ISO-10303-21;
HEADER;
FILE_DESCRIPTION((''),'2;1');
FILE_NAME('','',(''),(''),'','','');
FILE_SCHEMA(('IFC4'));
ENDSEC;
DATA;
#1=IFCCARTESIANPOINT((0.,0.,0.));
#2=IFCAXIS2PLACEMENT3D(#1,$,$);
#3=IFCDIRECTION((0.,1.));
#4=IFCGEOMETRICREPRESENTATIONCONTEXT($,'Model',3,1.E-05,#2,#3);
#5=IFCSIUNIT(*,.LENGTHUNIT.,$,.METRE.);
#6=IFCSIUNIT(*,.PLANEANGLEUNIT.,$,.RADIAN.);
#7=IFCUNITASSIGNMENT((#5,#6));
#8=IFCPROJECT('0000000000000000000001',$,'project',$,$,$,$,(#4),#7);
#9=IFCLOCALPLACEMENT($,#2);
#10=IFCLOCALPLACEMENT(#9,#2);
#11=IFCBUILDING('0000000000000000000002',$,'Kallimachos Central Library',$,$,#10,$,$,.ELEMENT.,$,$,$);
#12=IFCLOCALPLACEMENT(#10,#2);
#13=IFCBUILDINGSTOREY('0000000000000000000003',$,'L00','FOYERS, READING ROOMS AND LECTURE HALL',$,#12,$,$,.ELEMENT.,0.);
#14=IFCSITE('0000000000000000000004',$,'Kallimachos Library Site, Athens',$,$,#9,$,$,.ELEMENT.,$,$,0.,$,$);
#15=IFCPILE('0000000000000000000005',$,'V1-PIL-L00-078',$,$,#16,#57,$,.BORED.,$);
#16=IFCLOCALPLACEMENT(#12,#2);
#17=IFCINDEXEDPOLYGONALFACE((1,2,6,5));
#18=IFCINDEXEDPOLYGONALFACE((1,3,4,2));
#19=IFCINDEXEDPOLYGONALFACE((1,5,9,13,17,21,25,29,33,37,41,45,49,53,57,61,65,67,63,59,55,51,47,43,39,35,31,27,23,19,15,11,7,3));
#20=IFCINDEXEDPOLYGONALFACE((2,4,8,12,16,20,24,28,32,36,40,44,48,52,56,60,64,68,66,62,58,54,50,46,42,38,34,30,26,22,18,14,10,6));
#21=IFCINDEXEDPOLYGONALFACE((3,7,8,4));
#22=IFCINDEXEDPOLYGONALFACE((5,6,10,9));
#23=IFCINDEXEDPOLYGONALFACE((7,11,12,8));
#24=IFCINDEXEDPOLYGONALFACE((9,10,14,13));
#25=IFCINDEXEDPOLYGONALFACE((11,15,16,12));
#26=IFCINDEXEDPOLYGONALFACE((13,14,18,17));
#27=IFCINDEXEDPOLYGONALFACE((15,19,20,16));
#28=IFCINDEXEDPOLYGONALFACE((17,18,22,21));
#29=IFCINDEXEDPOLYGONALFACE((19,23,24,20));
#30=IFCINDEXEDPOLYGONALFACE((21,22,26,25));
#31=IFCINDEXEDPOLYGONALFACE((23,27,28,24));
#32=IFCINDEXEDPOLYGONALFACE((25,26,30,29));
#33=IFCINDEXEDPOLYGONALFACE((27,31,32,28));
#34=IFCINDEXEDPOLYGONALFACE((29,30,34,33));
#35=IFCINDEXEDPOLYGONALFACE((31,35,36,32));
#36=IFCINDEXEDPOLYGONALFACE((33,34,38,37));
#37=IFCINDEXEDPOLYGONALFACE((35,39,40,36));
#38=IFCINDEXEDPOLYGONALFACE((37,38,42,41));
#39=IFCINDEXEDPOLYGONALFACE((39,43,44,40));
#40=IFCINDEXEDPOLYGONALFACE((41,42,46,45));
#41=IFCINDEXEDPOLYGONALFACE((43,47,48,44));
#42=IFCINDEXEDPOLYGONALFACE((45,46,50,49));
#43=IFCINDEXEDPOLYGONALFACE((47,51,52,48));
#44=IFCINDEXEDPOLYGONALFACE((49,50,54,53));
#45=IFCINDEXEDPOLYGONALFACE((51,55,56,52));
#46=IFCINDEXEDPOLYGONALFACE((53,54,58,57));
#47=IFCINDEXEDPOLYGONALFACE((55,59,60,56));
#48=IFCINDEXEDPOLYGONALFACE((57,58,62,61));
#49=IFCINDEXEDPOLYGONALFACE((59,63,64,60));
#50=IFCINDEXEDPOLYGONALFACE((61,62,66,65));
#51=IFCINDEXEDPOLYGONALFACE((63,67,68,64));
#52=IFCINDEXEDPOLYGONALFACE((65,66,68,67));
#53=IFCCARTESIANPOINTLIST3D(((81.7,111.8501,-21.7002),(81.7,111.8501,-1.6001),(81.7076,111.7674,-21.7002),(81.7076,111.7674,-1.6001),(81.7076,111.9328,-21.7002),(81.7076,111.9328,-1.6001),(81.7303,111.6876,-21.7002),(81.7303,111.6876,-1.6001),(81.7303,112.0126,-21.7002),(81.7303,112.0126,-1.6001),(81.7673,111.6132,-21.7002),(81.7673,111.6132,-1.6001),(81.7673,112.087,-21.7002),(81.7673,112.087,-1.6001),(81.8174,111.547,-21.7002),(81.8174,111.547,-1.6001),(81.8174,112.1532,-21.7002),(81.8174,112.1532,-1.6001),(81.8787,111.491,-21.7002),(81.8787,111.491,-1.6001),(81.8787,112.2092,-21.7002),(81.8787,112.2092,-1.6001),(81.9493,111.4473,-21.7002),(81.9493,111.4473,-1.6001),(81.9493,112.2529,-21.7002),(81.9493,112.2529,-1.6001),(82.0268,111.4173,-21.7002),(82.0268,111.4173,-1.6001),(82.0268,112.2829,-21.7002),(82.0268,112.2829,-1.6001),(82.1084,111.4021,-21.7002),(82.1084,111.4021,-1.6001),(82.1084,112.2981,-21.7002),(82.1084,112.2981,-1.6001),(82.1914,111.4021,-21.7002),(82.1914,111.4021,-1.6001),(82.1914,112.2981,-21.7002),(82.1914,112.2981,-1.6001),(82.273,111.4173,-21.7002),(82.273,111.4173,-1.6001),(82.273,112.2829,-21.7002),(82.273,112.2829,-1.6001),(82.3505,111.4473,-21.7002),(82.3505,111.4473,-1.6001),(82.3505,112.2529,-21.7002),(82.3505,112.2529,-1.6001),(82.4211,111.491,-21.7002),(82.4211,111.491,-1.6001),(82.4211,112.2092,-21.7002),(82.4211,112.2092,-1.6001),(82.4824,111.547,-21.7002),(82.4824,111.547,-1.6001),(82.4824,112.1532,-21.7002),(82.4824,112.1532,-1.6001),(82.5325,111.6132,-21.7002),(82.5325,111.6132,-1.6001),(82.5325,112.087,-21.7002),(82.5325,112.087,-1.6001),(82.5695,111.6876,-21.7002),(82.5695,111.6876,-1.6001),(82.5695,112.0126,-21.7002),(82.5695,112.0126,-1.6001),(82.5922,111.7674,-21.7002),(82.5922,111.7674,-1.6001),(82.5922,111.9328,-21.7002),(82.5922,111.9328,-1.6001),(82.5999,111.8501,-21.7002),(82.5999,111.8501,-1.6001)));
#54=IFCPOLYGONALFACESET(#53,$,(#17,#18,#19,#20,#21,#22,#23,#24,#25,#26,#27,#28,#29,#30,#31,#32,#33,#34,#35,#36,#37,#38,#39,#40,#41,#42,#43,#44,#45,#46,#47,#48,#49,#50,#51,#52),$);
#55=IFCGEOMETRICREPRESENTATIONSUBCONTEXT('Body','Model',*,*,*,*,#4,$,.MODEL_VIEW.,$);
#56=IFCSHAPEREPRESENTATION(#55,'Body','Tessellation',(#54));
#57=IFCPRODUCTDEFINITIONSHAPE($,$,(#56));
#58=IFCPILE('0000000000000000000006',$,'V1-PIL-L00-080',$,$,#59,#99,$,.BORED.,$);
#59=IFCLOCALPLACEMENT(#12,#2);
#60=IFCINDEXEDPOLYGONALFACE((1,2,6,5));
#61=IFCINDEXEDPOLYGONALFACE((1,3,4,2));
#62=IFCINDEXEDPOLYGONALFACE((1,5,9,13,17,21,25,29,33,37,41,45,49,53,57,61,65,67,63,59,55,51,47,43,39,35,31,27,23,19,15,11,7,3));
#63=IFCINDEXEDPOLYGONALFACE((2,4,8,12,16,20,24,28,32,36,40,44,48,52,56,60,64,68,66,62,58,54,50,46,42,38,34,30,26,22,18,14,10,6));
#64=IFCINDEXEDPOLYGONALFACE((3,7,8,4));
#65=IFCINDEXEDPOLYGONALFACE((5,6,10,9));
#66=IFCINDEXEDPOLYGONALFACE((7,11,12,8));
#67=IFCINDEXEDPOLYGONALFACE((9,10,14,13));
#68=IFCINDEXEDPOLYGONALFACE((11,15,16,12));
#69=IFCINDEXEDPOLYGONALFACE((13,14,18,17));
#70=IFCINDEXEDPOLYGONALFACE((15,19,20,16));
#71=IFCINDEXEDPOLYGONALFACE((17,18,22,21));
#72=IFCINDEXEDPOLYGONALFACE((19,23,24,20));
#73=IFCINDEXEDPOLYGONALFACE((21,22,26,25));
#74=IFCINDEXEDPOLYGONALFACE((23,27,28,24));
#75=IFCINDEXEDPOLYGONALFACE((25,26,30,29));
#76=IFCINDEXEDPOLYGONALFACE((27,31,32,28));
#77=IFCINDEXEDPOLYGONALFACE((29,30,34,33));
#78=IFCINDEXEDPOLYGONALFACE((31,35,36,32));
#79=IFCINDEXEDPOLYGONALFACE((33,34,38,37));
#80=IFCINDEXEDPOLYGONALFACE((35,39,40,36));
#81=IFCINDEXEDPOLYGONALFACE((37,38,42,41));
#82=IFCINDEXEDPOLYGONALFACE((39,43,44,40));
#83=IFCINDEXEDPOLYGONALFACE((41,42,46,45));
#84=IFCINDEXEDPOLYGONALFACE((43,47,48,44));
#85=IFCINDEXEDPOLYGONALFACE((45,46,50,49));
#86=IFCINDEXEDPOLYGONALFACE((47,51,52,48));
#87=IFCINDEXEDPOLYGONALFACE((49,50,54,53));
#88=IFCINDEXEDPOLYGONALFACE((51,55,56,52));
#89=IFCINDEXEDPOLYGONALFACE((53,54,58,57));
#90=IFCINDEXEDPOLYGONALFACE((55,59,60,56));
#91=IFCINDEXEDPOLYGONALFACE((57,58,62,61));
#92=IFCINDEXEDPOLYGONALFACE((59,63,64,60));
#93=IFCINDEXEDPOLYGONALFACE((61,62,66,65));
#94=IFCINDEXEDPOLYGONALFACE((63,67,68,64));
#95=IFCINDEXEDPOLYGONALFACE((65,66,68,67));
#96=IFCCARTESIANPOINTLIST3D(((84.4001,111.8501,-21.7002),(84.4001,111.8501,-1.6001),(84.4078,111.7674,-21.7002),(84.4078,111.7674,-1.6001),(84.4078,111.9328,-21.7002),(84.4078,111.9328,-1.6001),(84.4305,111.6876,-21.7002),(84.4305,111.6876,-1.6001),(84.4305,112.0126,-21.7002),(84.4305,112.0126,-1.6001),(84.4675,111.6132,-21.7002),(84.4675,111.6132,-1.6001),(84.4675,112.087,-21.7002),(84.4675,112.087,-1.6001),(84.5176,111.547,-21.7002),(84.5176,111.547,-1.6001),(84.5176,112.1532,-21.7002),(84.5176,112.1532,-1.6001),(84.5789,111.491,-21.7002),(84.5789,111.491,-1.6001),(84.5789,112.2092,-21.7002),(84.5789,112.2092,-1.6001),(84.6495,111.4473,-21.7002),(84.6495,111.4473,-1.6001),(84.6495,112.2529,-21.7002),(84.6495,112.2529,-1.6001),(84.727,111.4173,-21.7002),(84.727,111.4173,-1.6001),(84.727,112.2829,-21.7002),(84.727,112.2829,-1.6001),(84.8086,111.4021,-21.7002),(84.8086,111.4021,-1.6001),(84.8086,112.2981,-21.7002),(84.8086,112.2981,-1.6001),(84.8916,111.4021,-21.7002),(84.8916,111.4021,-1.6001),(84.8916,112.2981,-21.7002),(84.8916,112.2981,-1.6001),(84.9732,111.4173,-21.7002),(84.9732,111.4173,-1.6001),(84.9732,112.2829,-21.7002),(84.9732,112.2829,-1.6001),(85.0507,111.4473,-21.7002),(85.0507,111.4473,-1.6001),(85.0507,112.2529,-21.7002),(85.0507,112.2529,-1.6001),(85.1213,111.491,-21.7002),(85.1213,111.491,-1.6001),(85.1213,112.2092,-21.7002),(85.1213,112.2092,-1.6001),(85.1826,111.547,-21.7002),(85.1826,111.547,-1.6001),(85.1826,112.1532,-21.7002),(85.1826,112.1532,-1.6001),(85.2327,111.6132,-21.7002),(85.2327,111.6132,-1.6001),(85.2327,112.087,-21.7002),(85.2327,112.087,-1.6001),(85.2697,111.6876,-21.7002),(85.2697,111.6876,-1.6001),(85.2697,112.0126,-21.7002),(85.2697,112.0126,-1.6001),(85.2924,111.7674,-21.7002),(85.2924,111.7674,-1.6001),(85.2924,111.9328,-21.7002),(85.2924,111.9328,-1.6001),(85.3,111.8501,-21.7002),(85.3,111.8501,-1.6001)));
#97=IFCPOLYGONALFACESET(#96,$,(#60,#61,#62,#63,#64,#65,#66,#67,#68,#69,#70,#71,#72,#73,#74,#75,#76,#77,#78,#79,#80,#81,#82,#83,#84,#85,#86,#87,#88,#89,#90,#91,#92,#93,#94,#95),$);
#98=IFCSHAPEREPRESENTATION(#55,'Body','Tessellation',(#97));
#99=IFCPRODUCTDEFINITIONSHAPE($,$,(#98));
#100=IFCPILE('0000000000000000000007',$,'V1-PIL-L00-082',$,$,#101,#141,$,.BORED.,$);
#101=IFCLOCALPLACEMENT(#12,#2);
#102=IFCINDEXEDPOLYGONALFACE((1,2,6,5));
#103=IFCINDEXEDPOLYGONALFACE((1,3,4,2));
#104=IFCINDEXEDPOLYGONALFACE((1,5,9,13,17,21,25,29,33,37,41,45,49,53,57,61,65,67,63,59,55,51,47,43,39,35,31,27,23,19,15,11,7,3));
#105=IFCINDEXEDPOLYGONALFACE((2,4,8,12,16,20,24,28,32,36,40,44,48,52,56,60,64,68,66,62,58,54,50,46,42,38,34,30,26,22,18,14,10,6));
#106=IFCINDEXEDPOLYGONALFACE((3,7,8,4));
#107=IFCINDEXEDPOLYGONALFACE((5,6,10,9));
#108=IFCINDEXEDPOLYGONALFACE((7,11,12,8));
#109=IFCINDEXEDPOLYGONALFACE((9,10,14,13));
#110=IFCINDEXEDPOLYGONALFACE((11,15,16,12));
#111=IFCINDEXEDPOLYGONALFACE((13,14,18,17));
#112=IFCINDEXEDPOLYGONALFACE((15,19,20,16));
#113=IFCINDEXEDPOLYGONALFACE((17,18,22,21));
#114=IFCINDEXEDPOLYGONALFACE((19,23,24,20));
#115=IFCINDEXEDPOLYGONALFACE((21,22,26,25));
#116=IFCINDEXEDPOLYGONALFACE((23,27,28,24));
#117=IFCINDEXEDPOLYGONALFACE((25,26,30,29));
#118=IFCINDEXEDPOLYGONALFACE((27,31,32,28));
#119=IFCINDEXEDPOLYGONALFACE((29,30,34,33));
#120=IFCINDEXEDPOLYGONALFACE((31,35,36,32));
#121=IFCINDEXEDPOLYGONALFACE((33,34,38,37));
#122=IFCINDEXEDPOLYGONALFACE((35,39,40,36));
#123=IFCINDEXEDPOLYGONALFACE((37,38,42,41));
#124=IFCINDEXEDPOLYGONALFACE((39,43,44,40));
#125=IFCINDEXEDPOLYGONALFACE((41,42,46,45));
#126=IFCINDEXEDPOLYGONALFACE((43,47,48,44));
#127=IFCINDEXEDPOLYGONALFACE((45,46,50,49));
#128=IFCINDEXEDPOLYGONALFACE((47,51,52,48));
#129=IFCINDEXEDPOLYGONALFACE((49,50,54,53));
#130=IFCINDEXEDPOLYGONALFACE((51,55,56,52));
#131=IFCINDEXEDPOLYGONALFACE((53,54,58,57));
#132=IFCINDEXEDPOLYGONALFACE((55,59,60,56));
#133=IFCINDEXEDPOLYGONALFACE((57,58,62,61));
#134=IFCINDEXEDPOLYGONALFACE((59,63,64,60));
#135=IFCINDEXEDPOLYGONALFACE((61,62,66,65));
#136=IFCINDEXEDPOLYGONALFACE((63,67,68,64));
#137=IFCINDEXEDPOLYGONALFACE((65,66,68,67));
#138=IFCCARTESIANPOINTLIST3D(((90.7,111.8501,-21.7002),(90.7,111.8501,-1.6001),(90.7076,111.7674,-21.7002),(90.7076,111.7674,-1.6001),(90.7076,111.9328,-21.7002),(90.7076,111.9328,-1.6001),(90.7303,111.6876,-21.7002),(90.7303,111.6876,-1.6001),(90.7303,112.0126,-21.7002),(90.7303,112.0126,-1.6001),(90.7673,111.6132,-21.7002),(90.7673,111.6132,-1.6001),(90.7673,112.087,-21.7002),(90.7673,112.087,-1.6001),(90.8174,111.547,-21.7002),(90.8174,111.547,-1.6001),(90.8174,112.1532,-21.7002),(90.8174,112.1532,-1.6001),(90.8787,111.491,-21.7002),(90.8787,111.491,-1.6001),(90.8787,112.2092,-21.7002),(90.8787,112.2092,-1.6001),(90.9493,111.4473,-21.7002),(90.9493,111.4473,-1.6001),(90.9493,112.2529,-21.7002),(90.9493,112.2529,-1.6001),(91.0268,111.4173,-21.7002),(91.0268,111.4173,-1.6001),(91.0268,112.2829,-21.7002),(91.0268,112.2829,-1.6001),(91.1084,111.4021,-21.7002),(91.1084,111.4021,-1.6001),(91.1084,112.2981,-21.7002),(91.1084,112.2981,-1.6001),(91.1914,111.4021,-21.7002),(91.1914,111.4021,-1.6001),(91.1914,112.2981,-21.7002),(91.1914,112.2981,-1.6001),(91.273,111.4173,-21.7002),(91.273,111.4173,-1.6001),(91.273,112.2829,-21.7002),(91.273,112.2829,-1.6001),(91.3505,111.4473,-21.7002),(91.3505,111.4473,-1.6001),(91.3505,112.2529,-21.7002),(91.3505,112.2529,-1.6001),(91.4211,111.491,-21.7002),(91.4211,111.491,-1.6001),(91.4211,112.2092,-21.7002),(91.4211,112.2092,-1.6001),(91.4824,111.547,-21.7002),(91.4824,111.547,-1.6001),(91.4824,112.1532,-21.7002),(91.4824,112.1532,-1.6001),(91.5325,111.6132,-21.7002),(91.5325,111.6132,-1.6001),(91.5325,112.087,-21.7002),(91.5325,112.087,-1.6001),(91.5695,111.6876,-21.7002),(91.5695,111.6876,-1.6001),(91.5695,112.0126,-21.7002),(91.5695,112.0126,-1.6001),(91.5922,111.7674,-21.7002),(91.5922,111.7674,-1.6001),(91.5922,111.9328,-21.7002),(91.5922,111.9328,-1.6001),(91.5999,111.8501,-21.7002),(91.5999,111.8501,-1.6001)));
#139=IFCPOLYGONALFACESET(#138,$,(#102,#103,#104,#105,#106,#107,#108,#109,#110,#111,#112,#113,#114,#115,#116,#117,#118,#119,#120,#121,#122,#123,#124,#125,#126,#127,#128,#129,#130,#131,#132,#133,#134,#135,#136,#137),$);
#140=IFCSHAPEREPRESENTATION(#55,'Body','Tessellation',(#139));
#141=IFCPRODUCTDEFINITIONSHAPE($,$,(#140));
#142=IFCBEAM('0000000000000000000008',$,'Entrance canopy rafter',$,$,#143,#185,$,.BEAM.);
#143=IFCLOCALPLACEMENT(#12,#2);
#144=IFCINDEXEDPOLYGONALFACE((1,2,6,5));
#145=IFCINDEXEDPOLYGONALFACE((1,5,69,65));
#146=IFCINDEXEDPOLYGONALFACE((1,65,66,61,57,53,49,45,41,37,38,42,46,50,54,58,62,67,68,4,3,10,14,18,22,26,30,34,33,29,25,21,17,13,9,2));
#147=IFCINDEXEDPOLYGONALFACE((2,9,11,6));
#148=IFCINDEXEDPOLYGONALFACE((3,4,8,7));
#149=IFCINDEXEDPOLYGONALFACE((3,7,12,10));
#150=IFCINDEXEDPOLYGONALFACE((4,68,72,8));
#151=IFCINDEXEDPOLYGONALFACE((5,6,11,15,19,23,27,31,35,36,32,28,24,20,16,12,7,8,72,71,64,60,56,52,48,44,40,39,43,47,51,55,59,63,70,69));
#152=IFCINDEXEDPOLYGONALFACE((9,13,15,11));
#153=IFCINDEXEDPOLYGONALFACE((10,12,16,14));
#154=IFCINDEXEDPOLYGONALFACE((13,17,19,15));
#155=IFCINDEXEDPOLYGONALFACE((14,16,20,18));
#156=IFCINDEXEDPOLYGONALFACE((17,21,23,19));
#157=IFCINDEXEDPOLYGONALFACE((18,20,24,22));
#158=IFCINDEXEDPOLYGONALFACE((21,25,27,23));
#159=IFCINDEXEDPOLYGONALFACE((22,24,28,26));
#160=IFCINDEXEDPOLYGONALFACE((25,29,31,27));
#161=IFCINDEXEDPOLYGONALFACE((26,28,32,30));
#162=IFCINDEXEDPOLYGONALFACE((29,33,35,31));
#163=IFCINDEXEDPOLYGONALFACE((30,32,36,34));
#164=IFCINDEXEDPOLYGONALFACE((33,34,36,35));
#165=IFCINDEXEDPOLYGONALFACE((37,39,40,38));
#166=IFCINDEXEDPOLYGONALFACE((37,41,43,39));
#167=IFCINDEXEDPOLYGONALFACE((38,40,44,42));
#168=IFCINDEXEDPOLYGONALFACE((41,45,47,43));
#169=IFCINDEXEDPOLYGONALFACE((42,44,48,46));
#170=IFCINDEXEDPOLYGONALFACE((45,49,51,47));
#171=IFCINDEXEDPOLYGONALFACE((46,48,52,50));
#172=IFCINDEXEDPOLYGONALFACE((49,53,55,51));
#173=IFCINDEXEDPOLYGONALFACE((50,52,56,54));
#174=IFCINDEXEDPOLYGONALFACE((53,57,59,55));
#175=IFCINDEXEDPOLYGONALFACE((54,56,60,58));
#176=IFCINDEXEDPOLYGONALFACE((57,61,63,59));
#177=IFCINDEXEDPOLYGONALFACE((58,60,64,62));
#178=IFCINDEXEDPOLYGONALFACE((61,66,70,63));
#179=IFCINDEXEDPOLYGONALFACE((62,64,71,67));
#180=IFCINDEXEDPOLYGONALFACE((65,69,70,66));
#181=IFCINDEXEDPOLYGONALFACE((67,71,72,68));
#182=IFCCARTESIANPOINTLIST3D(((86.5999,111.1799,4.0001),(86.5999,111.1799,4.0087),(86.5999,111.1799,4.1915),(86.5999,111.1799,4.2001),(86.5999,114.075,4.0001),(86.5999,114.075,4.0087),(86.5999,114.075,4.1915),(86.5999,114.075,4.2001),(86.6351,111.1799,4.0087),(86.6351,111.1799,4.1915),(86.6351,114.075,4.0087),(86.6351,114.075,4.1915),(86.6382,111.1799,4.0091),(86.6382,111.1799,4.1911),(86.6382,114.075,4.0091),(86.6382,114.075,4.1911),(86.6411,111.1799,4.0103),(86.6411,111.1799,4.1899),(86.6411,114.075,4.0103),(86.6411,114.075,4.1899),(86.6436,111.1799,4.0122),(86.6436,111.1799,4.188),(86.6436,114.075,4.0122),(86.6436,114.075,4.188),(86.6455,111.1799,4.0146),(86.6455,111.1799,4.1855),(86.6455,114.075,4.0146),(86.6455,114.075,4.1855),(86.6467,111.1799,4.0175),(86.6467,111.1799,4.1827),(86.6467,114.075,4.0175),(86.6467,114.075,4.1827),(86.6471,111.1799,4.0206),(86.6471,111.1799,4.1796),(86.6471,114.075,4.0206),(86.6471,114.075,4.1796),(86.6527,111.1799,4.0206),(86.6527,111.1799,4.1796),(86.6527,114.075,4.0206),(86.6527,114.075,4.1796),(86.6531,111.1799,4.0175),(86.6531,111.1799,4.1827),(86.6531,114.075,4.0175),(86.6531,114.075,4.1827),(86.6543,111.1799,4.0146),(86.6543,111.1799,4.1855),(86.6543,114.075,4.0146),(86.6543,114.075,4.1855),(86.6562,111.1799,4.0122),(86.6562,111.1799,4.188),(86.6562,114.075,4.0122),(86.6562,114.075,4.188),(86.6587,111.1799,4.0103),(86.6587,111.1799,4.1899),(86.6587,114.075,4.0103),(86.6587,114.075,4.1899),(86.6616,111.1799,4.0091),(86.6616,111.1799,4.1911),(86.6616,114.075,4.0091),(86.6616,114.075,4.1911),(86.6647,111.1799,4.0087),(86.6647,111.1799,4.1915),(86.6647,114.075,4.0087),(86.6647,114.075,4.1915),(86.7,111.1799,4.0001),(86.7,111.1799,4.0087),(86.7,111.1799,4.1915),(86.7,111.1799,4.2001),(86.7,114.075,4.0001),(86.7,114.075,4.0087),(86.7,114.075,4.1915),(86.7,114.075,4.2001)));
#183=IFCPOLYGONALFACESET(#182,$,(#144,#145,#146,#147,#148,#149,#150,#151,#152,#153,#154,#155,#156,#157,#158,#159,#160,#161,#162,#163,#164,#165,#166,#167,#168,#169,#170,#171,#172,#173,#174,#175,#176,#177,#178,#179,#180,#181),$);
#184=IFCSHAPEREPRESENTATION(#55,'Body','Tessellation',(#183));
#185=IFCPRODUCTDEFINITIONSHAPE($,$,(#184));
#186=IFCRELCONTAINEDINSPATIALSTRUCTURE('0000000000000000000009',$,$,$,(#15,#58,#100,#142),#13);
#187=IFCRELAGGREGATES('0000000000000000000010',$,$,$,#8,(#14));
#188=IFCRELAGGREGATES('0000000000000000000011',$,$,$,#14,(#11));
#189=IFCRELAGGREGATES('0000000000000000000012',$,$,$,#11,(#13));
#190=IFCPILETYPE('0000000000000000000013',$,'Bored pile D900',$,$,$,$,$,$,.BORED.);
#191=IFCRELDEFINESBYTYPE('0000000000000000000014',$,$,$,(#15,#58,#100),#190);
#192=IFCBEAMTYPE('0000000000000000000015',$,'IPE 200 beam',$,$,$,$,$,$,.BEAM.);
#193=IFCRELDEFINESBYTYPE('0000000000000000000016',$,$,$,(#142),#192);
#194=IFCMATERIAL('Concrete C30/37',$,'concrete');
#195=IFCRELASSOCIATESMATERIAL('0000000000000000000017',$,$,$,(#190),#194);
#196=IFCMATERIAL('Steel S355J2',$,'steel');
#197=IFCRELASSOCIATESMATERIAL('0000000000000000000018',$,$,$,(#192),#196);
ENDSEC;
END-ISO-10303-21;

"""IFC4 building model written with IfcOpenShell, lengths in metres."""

from ifc_helpers import new_model, si_unit, direction, frame, origin, origin_2d, place, context, subcontext, project, spatial, circle, i_section, extrude, material, material_profile, profile_set, type_object, element, save


model = new_model("IFC4")

# Units and contexts
model_context = context("Model", 3, precision=1e-05, world=origin(), true_north=direction((0.0, 1.0)))
body_context = subcontext(model_context, "Body", "Model", "MODEL_VIEW")
ifc_project = project(units=[si_unit("LENGTHUNIT", "METRE"), si_unit("PLANEANGLEUNIT", "RADIAN")], contexts=[model_context])

# Site, building, storey
site_placement = place(None, origin())
site = spatial("IfcSite", under=ifc_project, at=site_placement, Name="Kallimachos Library Site, Athens", CompositionType="ELEMENT", RefElevation=0.0)
building_placement = place(site_placement, origin())
building = spatial("IfcBuilding", under=site, at=building_placement, Name="Kallimachos Central Library", CompositionType="ELEMENT")
storey_placement = place(building_placement, origin())
storey = spatial("IfcBuildingStorey", under=building, at=storey_placement, Name="L00", Description="FOYERS, READING ROOMS AND LECTURE HALL", CompositionType="ELEMENT", Elevation=0.0)

# Piles
ifc_material_1 = material(Name="Concrete C30/37", Category="concrete")
pile_type = type_object("IfcPileType", Name="Bored pile D900", PredefinedType="BORED", material=ifc_material_1)
for number, where, z_axis, x_axis, name in (
    (1, (82.1499, 111.8501, -1.6001), (0.0, 0.0, -1.0), (1.0, 0.0, 0.0), "V1-PIL-L00-078"),
    (2, (84.8501, 111.8501, -1.6001), (0.0, 0.0, -1.0), (1.0, 0.0, 0.0), "V1-PIL-L00-080"),
    (3, (91.1499, 111.8501, -1.6001), (0.0, 0.0, -1.0), (1.0, 0.0, 0.0), "V1-PIL-L00-082"),
):
    element("IfcPile", number, at=place(storey_placement, frame(where, z_axis=z_axis, x_axis=x_axis)), inside=storey, type_object=pile_type, Name=name, PredefinedType="BORED", context=body_context, shape_type="SweptSolid", body=[
        extrude(circle(Radius=0.45, at=origin_2d()), origin(), (0.0, 0.0, 1.0), 20.1001),
    ])

# Beam
ifc_material_2 = material(Name="Steel S355J2", Category="steel")
ifc_material_profile_1 = material_profile(ifc_material_2, i_section(OverallWidth=0.1001, OverallDepth=0.2, WebThickness=0.0056, FlangeThickness=0.0085, FilletRadius=0.012, at=origin_2d()), Name="IPE 200")
ifc_profile_set_1 = profile_set([ifc_material_profile_1], Name="Steel S355J2")
beam_type_1 = type_object("IfcBeamType", Name="IPE 200 beam", PredefinedType="BEAM", material=ifc_profile_set_1)
for number, where, z_axis, x_axis, name in (
    (4, (86.6499, 111.1799, 4.1001), (0.0, 1.0, 0.0), (-1.0, 0.0, 0.0), "Entrance canopy rafter"),
):
    element("IfcBeam", number, at=place(storey_placement, frame(where, z_axis=z_axis, x_axis=x_axis)), inside=storey, type_object=beam_type_1, Name=name, PredefinedType="BEAM", context=body_context, shape_type="SweptSolid", body=[
        extrude(i_section(OverallWidth=0.1001, OverallDepth=0.2, WebThickness=0.0056, FlangeThickness=0.0085, FilletRadius=0.012, at=origin_2d()), origin(), (0.0, 0.0, 1.0), 2.895),
    ])

save(model, "model.ifc")
